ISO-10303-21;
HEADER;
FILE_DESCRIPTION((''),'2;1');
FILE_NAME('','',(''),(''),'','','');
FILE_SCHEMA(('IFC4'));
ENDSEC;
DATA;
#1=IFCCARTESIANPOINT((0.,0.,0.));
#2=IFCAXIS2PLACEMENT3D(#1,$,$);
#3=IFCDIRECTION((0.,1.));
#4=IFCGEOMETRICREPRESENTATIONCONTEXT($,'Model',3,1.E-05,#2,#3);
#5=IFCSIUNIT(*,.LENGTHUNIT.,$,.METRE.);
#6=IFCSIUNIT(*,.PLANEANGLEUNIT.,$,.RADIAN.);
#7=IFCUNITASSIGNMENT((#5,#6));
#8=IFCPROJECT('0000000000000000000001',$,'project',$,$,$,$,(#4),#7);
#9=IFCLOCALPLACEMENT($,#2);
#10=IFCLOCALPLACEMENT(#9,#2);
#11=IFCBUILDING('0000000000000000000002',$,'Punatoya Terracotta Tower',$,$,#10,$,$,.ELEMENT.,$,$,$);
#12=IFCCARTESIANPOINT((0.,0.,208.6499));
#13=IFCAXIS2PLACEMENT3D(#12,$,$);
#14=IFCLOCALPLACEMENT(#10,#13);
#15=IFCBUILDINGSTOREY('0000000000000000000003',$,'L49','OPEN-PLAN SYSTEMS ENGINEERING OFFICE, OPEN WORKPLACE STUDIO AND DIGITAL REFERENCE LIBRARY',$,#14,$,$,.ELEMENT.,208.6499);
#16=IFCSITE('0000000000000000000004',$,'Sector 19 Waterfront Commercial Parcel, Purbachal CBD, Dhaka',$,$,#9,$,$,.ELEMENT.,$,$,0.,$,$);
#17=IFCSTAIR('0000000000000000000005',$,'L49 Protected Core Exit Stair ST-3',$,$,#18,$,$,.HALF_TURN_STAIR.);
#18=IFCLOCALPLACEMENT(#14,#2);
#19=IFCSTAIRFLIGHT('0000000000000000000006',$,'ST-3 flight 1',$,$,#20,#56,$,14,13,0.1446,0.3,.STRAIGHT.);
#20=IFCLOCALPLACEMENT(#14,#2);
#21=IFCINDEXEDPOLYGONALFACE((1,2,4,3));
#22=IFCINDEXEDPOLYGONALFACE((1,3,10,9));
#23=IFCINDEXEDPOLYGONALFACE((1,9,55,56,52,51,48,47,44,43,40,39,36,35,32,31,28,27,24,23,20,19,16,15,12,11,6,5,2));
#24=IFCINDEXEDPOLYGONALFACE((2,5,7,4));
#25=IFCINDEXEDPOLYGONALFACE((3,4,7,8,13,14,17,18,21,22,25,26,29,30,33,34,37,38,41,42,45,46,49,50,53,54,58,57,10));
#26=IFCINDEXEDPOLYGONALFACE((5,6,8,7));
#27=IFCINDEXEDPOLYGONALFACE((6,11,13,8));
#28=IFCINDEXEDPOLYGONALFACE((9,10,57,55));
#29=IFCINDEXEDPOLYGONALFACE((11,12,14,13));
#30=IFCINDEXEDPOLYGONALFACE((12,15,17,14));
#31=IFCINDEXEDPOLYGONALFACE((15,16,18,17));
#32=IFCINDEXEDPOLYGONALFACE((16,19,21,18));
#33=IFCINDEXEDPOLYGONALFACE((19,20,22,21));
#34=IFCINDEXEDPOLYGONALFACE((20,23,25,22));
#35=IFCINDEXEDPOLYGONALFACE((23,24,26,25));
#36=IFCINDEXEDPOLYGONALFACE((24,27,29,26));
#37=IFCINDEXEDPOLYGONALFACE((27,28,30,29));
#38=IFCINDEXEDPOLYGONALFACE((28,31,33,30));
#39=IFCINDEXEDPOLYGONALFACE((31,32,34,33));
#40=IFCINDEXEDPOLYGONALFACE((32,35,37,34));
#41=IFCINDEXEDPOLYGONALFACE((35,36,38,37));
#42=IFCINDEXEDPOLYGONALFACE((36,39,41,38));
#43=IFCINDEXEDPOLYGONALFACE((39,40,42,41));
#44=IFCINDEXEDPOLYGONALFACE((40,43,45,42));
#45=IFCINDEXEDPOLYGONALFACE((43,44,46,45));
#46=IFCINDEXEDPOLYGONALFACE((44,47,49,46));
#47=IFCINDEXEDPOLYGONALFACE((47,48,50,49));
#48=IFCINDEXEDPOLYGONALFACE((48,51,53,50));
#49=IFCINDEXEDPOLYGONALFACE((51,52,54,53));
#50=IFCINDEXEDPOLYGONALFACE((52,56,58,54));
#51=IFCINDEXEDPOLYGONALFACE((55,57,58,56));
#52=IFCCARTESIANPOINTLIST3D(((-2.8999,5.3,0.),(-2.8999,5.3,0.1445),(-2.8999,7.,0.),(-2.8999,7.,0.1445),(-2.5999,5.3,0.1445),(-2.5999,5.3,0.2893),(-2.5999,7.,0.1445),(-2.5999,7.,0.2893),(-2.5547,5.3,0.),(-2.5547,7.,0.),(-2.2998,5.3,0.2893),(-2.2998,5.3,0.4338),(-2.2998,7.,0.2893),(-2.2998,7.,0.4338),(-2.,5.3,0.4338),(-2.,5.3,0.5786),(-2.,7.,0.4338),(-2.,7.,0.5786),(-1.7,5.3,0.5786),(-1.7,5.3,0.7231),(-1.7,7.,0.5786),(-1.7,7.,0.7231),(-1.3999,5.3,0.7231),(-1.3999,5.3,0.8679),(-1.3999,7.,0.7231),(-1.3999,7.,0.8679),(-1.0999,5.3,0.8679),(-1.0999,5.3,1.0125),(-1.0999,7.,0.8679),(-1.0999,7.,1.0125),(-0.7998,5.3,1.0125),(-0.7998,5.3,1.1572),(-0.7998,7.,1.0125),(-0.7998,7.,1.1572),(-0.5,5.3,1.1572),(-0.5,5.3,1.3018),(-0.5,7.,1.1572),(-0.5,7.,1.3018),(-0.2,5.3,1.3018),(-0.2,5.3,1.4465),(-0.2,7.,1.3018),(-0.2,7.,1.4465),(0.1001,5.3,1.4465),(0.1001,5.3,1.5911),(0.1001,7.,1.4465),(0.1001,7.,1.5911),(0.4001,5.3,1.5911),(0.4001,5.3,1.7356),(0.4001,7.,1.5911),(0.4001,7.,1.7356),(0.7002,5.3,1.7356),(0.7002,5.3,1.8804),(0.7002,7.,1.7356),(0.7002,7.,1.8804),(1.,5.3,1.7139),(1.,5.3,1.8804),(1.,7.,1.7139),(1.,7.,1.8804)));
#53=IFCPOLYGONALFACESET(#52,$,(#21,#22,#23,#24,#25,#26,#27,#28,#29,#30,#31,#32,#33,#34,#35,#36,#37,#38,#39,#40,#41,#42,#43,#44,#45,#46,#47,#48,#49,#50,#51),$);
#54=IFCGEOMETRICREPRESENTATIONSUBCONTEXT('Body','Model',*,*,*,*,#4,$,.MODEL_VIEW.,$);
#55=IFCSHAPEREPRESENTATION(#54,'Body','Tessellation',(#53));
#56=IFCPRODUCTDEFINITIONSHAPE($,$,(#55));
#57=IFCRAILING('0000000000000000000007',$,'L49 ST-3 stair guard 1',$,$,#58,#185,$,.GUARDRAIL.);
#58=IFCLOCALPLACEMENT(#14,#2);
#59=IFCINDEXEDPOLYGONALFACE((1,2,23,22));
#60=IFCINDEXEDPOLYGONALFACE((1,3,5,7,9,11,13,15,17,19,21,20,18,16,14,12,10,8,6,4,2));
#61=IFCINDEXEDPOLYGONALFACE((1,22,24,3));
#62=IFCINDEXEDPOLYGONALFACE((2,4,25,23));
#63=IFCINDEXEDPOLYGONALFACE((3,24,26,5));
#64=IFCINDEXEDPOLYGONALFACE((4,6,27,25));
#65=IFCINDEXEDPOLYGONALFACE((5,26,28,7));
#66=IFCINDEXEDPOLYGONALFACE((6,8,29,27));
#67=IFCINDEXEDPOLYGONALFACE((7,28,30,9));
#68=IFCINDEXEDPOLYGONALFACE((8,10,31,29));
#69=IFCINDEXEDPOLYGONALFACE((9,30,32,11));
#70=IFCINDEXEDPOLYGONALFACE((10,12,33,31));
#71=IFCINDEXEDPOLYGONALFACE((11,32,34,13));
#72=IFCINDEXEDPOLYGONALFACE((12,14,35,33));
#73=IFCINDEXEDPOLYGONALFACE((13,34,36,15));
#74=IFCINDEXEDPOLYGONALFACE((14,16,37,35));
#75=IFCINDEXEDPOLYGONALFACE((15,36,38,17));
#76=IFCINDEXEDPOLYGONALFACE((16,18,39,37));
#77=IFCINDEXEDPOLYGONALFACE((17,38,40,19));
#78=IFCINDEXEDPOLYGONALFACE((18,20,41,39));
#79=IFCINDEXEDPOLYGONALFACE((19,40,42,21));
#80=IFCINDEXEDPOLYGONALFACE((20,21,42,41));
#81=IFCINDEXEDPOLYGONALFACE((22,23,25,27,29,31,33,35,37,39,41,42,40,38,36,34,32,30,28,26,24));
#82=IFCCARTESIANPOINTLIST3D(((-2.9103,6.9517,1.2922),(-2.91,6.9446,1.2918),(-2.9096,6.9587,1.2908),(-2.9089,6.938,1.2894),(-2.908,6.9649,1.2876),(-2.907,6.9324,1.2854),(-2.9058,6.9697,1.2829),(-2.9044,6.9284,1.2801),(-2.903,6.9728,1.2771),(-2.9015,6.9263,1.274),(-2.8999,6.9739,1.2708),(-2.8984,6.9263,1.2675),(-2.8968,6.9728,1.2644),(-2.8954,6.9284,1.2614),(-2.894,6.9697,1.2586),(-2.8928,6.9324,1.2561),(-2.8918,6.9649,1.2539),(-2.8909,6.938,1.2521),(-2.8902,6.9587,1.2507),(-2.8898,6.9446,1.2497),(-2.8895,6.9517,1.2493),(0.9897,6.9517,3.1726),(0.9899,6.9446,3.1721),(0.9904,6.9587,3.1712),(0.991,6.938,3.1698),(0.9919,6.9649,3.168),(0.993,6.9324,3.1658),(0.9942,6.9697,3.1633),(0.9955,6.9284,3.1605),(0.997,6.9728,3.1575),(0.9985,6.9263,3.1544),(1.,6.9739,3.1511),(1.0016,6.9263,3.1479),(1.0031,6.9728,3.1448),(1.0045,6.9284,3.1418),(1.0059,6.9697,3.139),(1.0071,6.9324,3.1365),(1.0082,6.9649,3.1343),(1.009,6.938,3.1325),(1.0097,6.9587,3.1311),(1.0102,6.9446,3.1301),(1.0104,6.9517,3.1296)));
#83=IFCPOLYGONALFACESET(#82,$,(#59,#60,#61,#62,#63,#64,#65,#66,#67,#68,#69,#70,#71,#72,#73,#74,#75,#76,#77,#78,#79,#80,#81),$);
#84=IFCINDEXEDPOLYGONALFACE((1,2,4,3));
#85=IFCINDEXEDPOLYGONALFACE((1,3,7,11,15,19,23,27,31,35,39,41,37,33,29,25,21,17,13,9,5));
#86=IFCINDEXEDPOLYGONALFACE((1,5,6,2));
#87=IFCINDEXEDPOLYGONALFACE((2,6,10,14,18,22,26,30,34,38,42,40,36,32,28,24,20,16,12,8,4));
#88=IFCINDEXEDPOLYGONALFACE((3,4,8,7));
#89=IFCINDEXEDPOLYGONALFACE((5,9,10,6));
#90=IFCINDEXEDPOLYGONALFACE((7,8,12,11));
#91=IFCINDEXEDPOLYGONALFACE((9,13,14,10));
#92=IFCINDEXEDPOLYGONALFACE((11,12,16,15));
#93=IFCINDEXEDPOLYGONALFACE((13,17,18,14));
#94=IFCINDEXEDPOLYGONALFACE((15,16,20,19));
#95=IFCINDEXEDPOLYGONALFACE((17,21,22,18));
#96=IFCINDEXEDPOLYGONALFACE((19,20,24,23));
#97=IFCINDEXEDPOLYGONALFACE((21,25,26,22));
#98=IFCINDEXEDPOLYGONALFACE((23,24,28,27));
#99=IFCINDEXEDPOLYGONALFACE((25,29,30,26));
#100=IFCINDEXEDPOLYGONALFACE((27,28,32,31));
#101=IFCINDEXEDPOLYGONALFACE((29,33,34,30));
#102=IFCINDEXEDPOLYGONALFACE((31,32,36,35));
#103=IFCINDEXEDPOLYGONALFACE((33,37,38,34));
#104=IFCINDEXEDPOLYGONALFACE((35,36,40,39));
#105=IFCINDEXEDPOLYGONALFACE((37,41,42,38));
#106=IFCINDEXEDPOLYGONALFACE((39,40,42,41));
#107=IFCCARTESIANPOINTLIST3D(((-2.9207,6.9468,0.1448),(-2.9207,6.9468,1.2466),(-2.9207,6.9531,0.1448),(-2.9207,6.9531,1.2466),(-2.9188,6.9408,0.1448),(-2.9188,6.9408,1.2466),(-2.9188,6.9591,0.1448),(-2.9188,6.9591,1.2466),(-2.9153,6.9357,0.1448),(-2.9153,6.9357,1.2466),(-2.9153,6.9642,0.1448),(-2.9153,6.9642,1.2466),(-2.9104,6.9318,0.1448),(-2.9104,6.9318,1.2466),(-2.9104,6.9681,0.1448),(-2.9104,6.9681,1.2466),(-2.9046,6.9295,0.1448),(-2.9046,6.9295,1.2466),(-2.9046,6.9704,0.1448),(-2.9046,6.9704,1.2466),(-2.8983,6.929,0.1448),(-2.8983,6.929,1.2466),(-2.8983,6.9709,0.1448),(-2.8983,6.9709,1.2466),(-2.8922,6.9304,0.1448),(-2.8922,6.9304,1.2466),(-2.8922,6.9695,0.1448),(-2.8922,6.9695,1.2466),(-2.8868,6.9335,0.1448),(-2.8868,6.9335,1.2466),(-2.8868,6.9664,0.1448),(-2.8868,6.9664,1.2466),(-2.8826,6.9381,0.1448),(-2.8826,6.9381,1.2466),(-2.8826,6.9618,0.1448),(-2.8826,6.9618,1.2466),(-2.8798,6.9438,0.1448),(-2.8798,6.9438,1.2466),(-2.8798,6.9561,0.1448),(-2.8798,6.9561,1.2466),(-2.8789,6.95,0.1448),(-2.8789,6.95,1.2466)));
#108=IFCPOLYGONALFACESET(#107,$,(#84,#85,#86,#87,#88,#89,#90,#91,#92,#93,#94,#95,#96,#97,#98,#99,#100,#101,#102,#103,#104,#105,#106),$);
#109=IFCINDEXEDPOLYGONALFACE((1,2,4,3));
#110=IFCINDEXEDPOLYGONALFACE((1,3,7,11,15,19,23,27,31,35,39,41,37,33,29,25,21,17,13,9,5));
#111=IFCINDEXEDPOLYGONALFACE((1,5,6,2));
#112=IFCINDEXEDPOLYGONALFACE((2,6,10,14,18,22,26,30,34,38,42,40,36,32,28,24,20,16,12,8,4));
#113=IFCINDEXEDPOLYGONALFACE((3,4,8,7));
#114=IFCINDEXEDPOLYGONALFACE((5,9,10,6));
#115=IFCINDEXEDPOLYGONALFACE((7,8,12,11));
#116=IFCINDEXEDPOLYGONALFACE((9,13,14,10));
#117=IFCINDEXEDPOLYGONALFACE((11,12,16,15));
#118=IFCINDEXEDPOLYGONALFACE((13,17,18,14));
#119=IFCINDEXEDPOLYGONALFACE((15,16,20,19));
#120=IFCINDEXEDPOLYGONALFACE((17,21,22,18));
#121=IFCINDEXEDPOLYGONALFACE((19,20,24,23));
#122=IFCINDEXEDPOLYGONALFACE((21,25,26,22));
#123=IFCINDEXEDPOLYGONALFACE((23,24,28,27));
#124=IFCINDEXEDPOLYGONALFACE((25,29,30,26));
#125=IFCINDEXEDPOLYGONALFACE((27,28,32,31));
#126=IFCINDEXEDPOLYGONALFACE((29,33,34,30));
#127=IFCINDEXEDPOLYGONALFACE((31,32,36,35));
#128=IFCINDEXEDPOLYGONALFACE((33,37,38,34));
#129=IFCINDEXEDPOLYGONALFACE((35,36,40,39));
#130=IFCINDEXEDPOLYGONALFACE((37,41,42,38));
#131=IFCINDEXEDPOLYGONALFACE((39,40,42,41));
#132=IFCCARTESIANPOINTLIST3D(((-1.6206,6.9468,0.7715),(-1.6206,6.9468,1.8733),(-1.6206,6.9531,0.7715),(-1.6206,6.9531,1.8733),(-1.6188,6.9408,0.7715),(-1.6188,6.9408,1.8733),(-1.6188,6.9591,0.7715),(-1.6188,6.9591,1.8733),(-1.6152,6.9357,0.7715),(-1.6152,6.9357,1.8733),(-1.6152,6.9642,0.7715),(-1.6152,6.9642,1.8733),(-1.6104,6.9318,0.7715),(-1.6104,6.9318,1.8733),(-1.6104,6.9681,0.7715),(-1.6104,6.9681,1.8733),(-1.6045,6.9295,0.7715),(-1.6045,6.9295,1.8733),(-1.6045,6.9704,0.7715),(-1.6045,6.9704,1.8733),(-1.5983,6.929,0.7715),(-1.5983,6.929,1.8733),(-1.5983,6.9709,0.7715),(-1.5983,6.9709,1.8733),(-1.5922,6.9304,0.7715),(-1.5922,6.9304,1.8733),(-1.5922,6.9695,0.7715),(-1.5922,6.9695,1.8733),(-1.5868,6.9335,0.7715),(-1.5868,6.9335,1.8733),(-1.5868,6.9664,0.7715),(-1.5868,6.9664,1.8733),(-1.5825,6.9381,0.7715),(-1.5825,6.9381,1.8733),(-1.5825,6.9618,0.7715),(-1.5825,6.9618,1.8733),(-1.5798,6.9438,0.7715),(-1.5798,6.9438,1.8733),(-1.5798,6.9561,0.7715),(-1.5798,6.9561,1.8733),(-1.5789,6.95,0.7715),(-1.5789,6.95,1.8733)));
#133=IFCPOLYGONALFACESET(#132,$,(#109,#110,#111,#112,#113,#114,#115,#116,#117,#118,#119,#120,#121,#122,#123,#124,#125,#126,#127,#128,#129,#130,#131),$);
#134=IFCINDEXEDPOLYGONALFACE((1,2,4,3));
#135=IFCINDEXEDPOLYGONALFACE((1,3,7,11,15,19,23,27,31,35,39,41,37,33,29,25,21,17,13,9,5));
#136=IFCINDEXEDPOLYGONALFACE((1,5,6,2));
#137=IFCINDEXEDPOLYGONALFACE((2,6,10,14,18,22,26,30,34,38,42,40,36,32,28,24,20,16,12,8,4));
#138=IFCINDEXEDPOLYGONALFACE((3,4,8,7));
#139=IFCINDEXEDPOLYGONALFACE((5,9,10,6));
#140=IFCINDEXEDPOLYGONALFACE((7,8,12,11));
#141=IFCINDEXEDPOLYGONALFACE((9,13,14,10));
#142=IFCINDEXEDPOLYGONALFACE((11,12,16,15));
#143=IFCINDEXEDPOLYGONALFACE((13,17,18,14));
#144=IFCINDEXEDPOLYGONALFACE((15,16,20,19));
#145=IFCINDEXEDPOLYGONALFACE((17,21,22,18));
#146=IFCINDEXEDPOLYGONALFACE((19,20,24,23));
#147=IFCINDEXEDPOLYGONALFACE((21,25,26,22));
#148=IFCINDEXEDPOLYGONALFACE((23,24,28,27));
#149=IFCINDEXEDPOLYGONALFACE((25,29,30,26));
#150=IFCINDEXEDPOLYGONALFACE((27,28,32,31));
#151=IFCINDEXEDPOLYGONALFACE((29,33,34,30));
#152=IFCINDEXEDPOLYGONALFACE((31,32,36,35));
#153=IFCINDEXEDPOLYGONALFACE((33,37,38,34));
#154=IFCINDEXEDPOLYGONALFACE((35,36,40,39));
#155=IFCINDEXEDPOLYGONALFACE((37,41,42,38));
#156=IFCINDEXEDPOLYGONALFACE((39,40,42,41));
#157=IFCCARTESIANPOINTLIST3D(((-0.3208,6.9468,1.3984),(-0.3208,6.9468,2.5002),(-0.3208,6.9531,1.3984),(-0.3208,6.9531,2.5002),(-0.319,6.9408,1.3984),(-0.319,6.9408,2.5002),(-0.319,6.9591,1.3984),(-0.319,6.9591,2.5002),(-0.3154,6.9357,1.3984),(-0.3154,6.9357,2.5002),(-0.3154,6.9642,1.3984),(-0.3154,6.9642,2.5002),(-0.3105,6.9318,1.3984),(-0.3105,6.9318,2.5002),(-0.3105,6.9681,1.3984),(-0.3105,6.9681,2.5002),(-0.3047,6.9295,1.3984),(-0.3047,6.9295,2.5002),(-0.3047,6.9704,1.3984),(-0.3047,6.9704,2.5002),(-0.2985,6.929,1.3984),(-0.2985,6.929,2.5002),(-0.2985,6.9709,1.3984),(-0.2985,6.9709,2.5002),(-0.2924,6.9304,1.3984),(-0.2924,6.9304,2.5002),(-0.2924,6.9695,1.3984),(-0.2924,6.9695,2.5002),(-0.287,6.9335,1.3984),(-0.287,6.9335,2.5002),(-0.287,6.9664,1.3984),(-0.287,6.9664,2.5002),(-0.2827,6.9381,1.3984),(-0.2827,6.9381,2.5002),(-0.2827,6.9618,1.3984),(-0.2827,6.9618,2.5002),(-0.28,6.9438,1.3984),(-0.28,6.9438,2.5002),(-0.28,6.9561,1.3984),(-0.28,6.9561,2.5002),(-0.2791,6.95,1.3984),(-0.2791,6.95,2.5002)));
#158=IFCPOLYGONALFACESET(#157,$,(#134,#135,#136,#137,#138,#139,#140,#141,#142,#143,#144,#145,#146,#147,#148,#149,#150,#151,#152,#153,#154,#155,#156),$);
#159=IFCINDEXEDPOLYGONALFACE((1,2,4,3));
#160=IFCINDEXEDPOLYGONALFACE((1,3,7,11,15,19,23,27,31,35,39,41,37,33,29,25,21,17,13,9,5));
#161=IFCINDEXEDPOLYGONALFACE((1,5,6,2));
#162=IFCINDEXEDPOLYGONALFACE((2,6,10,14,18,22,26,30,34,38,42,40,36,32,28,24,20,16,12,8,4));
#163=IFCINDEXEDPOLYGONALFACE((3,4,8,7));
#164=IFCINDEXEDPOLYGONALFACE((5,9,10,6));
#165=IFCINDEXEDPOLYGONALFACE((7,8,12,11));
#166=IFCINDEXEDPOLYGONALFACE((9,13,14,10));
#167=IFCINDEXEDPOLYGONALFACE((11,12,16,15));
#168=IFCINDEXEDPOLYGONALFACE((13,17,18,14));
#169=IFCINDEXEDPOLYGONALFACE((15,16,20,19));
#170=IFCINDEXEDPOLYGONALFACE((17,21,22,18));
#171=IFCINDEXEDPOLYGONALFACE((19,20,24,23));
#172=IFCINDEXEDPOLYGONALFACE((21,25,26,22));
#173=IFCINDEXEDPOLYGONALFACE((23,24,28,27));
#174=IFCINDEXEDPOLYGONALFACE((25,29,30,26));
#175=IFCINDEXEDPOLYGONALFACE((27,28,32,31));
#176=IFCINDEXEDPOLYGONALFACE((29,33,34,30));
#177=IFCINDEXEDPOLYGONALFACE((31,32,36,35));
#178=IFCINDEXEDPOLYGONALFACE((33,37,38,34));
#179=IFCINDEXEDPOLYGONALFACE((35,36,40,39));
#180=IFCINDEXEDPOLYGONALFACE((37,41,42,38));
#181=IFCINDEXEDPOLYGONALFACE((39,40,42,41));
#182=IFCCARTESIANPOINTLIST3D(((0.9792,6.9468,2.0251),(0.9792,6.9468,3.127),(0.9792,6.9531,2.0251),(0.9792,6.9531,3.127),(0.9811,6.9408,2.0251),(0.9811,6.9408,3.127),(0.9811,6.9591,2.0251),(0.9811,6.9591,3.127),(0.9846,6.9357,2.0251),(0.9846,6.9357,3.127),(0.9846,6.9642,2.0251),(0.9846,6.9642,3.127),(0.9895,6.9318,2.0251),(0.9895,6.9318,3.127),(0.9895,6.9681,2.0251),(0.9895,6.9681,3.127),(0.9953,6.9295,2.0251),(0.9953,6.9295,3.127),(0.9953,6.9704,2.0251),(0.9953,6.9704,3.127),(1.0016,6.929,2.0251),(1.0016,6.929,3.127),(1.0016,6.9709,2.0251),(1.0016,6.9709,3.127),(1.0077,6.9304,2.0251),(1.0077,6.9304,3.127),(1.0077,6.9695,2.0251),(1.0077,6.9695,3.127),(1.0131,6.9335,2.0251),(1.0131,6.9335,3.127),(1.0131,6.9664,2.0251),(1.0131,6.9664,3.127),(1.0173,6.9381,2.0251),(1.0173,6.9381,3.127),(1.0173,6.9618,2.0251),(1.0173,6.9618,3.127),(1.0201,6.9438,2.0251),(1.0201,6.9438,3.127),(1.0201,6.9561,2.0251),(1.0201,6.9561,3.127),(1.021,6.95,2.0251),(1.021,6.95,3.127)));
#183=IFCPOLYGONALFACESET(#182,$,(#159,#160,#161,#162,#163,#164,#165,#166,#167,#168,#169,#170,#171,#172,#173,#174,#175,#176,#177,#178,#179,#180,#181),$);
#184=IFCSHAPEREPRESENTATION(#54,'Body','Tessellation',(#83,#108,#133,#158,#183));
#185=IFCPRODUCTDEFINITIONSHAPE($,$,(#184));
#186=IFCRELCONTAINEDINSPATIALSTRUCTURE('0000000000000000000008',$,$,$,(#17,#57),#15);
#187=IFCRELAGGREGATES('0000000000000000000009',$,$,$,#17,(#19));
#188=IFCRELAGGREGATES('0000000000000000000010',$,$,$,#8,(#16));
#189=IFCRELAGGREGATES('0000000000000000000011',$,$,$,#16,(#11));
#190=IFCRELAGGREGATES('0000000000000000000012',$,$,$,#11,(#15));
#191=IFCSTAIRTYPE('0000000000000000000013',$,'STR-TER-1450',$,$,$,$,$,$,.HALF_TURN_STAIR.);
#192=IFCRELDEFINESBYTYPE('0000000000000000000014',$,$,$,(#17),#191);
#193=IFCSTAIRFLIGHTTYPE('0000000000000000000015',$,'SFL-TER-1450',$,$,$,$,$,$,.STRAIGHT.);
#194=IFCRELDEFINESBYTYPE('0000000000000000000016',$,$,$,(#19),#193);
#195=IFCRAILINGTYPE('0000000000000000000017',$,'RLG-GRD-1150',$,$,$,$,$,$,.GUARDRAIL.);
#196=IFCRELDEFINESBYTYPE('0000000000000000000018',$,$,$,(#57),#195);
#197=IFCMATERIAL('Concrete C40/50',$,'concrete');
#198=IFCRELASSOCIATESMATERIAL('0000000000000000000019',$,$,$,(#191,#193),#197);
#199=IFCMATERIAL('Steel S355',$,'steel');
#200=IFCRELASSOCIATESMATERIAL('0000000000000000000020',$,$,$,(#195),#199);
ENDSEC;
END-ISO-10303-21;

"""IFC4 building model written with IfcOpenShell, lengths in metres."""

from ifc_helpers import new_model, si_unit, direction, frame, origin, origin_2d, place, context, subcontext, project, spatial, polyline, circle, outline, extrude, material, type_object, element, aggregate, save


model = new_model("IFC4")

# Units and contexts
model_context = context("Model", 3, precision=1e-05, world=origin(), true_north=direction((0.0, 1.0)))
body_context = subcontext(model_context, "Body", "Model", "MODEL_VIEW")
ifc_project = project(units=[si_unit("LENGTHUNIT", "METRE"), si_unit("PLANEANGLEUNIT", "RADIAN")], contexts=[model_context])

# Site, building, storey
site_placement = place(None, origin())
site = spatial("IfcSite", under=ifc_project, at=site_placement, Name="Sector 19 Waterfront Commercial Parcel, Purbachal CBD, Dhaka", CompositionType="ELEMENT", RefElevation=0.0)
building_placement = place(site_placement, origin())
building = spatial("IfcBuilding", under=site, at=building_placement, Name="Punatoya Terracotta Tower", CompositionType="ELEMENT")
storey_placement = place(building_placement, frame((0.0, 0.0, 208.6499)))
storey = spatial("IfcBuildingStorey", under=building, at=storey_placement, Name="L49", Description="OPEN-PLAN SYSTEMS ENGINEERING OFFICE, OPEN WORKPLACE STUDIO AND DIGITAL REFERENCE LIBRARY", CompositionType="ELEMENT", Elevation=208.6499)

# Shared definitions
ifc_material_1 = material(Name="Steel S355", Category="steel")

# Shared definitions
ifc_material_2 = material(Name="Concrete C40/50", Category="concrete")

# Stair, stair flight
stair_type = type_object("IfcStairType", Name="STR-TER-1450", PredefinedType="HALF_TURN_STAIR", material=ifc_material_2)
stair_placement = place(storey_placement, origin())
stair = element("IfcStair", 1, at=stair_placement, inside=storey, type_object=stair_type, Name="L49 Protected Core Exit Stair ST-3", PredefinedType="HALF_TURN_STAIR")
stair_flight_type = type_object("IfcStairFlightType", Name="SFL-TER-1450", PredefinedType="STRAIGHT", material=ifc_material_2)
stair_flight_placement = place(storey_placement, frame((-2.8999, 6.1499, 0.0), z_axis=(0.0, 0.0, 1.0), x_axis=(1.0, 0.0, 0.0)))
stair_flight = element("IfcStairFlight", 2, at=stair_flight_placement, type_object=stair_flight_type, Name="ST-3 flight 1", NumberOfRisers=14, NumberOfTreads=13, PredefinedType="STRAIGHT", RiserHeight=0.1446, TreadLength=0.3, context=body_context, shape_type="SweptSolid", body=[
    extrude(outline(polyline([(0.0, 0.0), (0.0, 0.1445), (0.3, 0.1445), (0.3, 0.2893), (0.6001, 0.2893), (0.6001, 0.4338), (0.8999, 0.4338), (0.8999, 0.5786), (1.2, 0.5786), (1.2, 0.7231), (1.5, 0.7231), (1.5, 0.8679), (1.8, 0.8679), (1.8, 1.0125), (2.1001, 1.0125), (2.1001, 1.1572), (2.3999, 1.1572), (2.3999, 1.3018), (2.7, 1.3018), (2.7, 1.4465), (3.0, 1.4465), (3.0, 1.5911), (3.3, 1.5911), (3.3, 1.7356), (3.6001, 1.7356), (3.6001, 1.8804), (3.8999, 1.8804), (3.8999, 2.0249), (3.8999, 1.7139), (0.3452, 0.0), (0.0, 0.0)])), frame((0.0, 0.8501, 0.0), z_axis=(0.0, -1.0, 0.0), x_axis=(1.0, 0.0, 0.0)), (0.0, 0.0, 1.0), 1.7),
])
aggregate(stair, [stair_flight])

# Railing
railing_type = type_object("IfcRailingType", Name="RLG-GRD-1150", PredefinedType="GUARDRAIL", material=ifc_material_1)
railing_1_placement = place(storey_placement, frame((-2.8999, 6.95, 0.1448)))
element("IfcRailing", 3, at=railing_1_placement, inside=storey, type_object=railing_type, Name="L49 ST-3 stair guard 1", PredefinedType="GUARDRAIL", context=body_context, shape_type="SweptSolid", body=[
    extrude(circle(Radius=0.0239, at=origin_2d()), frame((0.0, 0.0, 1.126), z_axis=(0.900763, 0.0, 0.434311), x_axis=(0.0, 1.0, 0.0)), (0.0, 0.0, 1.0), 4.3296),
    extrude(circle(Radius=0.021, at=origin_2d()), origin(), (0.0, 0.0, 1.0), 1.1018),
    extrude(circle(Radius=0.021, at=origin_2d()), frame((1.3, 0.0, 0.6267)), (0.0, 0.0, 1.0), 1.1018),
    extrude(circle(Radius=0.021, at=origin_2d()), frame((2.5999, 0.0, 1.2537)), (0.0, 0.0, 1.0), 1.1018),
    extrude(circle(Radius=0.021, at=origin_2d()), frame((3.8999, 0.0, 1.8804)), (0.0, 0.0, 1.0), 1.1018),
])

save(model, "model.ifc")
